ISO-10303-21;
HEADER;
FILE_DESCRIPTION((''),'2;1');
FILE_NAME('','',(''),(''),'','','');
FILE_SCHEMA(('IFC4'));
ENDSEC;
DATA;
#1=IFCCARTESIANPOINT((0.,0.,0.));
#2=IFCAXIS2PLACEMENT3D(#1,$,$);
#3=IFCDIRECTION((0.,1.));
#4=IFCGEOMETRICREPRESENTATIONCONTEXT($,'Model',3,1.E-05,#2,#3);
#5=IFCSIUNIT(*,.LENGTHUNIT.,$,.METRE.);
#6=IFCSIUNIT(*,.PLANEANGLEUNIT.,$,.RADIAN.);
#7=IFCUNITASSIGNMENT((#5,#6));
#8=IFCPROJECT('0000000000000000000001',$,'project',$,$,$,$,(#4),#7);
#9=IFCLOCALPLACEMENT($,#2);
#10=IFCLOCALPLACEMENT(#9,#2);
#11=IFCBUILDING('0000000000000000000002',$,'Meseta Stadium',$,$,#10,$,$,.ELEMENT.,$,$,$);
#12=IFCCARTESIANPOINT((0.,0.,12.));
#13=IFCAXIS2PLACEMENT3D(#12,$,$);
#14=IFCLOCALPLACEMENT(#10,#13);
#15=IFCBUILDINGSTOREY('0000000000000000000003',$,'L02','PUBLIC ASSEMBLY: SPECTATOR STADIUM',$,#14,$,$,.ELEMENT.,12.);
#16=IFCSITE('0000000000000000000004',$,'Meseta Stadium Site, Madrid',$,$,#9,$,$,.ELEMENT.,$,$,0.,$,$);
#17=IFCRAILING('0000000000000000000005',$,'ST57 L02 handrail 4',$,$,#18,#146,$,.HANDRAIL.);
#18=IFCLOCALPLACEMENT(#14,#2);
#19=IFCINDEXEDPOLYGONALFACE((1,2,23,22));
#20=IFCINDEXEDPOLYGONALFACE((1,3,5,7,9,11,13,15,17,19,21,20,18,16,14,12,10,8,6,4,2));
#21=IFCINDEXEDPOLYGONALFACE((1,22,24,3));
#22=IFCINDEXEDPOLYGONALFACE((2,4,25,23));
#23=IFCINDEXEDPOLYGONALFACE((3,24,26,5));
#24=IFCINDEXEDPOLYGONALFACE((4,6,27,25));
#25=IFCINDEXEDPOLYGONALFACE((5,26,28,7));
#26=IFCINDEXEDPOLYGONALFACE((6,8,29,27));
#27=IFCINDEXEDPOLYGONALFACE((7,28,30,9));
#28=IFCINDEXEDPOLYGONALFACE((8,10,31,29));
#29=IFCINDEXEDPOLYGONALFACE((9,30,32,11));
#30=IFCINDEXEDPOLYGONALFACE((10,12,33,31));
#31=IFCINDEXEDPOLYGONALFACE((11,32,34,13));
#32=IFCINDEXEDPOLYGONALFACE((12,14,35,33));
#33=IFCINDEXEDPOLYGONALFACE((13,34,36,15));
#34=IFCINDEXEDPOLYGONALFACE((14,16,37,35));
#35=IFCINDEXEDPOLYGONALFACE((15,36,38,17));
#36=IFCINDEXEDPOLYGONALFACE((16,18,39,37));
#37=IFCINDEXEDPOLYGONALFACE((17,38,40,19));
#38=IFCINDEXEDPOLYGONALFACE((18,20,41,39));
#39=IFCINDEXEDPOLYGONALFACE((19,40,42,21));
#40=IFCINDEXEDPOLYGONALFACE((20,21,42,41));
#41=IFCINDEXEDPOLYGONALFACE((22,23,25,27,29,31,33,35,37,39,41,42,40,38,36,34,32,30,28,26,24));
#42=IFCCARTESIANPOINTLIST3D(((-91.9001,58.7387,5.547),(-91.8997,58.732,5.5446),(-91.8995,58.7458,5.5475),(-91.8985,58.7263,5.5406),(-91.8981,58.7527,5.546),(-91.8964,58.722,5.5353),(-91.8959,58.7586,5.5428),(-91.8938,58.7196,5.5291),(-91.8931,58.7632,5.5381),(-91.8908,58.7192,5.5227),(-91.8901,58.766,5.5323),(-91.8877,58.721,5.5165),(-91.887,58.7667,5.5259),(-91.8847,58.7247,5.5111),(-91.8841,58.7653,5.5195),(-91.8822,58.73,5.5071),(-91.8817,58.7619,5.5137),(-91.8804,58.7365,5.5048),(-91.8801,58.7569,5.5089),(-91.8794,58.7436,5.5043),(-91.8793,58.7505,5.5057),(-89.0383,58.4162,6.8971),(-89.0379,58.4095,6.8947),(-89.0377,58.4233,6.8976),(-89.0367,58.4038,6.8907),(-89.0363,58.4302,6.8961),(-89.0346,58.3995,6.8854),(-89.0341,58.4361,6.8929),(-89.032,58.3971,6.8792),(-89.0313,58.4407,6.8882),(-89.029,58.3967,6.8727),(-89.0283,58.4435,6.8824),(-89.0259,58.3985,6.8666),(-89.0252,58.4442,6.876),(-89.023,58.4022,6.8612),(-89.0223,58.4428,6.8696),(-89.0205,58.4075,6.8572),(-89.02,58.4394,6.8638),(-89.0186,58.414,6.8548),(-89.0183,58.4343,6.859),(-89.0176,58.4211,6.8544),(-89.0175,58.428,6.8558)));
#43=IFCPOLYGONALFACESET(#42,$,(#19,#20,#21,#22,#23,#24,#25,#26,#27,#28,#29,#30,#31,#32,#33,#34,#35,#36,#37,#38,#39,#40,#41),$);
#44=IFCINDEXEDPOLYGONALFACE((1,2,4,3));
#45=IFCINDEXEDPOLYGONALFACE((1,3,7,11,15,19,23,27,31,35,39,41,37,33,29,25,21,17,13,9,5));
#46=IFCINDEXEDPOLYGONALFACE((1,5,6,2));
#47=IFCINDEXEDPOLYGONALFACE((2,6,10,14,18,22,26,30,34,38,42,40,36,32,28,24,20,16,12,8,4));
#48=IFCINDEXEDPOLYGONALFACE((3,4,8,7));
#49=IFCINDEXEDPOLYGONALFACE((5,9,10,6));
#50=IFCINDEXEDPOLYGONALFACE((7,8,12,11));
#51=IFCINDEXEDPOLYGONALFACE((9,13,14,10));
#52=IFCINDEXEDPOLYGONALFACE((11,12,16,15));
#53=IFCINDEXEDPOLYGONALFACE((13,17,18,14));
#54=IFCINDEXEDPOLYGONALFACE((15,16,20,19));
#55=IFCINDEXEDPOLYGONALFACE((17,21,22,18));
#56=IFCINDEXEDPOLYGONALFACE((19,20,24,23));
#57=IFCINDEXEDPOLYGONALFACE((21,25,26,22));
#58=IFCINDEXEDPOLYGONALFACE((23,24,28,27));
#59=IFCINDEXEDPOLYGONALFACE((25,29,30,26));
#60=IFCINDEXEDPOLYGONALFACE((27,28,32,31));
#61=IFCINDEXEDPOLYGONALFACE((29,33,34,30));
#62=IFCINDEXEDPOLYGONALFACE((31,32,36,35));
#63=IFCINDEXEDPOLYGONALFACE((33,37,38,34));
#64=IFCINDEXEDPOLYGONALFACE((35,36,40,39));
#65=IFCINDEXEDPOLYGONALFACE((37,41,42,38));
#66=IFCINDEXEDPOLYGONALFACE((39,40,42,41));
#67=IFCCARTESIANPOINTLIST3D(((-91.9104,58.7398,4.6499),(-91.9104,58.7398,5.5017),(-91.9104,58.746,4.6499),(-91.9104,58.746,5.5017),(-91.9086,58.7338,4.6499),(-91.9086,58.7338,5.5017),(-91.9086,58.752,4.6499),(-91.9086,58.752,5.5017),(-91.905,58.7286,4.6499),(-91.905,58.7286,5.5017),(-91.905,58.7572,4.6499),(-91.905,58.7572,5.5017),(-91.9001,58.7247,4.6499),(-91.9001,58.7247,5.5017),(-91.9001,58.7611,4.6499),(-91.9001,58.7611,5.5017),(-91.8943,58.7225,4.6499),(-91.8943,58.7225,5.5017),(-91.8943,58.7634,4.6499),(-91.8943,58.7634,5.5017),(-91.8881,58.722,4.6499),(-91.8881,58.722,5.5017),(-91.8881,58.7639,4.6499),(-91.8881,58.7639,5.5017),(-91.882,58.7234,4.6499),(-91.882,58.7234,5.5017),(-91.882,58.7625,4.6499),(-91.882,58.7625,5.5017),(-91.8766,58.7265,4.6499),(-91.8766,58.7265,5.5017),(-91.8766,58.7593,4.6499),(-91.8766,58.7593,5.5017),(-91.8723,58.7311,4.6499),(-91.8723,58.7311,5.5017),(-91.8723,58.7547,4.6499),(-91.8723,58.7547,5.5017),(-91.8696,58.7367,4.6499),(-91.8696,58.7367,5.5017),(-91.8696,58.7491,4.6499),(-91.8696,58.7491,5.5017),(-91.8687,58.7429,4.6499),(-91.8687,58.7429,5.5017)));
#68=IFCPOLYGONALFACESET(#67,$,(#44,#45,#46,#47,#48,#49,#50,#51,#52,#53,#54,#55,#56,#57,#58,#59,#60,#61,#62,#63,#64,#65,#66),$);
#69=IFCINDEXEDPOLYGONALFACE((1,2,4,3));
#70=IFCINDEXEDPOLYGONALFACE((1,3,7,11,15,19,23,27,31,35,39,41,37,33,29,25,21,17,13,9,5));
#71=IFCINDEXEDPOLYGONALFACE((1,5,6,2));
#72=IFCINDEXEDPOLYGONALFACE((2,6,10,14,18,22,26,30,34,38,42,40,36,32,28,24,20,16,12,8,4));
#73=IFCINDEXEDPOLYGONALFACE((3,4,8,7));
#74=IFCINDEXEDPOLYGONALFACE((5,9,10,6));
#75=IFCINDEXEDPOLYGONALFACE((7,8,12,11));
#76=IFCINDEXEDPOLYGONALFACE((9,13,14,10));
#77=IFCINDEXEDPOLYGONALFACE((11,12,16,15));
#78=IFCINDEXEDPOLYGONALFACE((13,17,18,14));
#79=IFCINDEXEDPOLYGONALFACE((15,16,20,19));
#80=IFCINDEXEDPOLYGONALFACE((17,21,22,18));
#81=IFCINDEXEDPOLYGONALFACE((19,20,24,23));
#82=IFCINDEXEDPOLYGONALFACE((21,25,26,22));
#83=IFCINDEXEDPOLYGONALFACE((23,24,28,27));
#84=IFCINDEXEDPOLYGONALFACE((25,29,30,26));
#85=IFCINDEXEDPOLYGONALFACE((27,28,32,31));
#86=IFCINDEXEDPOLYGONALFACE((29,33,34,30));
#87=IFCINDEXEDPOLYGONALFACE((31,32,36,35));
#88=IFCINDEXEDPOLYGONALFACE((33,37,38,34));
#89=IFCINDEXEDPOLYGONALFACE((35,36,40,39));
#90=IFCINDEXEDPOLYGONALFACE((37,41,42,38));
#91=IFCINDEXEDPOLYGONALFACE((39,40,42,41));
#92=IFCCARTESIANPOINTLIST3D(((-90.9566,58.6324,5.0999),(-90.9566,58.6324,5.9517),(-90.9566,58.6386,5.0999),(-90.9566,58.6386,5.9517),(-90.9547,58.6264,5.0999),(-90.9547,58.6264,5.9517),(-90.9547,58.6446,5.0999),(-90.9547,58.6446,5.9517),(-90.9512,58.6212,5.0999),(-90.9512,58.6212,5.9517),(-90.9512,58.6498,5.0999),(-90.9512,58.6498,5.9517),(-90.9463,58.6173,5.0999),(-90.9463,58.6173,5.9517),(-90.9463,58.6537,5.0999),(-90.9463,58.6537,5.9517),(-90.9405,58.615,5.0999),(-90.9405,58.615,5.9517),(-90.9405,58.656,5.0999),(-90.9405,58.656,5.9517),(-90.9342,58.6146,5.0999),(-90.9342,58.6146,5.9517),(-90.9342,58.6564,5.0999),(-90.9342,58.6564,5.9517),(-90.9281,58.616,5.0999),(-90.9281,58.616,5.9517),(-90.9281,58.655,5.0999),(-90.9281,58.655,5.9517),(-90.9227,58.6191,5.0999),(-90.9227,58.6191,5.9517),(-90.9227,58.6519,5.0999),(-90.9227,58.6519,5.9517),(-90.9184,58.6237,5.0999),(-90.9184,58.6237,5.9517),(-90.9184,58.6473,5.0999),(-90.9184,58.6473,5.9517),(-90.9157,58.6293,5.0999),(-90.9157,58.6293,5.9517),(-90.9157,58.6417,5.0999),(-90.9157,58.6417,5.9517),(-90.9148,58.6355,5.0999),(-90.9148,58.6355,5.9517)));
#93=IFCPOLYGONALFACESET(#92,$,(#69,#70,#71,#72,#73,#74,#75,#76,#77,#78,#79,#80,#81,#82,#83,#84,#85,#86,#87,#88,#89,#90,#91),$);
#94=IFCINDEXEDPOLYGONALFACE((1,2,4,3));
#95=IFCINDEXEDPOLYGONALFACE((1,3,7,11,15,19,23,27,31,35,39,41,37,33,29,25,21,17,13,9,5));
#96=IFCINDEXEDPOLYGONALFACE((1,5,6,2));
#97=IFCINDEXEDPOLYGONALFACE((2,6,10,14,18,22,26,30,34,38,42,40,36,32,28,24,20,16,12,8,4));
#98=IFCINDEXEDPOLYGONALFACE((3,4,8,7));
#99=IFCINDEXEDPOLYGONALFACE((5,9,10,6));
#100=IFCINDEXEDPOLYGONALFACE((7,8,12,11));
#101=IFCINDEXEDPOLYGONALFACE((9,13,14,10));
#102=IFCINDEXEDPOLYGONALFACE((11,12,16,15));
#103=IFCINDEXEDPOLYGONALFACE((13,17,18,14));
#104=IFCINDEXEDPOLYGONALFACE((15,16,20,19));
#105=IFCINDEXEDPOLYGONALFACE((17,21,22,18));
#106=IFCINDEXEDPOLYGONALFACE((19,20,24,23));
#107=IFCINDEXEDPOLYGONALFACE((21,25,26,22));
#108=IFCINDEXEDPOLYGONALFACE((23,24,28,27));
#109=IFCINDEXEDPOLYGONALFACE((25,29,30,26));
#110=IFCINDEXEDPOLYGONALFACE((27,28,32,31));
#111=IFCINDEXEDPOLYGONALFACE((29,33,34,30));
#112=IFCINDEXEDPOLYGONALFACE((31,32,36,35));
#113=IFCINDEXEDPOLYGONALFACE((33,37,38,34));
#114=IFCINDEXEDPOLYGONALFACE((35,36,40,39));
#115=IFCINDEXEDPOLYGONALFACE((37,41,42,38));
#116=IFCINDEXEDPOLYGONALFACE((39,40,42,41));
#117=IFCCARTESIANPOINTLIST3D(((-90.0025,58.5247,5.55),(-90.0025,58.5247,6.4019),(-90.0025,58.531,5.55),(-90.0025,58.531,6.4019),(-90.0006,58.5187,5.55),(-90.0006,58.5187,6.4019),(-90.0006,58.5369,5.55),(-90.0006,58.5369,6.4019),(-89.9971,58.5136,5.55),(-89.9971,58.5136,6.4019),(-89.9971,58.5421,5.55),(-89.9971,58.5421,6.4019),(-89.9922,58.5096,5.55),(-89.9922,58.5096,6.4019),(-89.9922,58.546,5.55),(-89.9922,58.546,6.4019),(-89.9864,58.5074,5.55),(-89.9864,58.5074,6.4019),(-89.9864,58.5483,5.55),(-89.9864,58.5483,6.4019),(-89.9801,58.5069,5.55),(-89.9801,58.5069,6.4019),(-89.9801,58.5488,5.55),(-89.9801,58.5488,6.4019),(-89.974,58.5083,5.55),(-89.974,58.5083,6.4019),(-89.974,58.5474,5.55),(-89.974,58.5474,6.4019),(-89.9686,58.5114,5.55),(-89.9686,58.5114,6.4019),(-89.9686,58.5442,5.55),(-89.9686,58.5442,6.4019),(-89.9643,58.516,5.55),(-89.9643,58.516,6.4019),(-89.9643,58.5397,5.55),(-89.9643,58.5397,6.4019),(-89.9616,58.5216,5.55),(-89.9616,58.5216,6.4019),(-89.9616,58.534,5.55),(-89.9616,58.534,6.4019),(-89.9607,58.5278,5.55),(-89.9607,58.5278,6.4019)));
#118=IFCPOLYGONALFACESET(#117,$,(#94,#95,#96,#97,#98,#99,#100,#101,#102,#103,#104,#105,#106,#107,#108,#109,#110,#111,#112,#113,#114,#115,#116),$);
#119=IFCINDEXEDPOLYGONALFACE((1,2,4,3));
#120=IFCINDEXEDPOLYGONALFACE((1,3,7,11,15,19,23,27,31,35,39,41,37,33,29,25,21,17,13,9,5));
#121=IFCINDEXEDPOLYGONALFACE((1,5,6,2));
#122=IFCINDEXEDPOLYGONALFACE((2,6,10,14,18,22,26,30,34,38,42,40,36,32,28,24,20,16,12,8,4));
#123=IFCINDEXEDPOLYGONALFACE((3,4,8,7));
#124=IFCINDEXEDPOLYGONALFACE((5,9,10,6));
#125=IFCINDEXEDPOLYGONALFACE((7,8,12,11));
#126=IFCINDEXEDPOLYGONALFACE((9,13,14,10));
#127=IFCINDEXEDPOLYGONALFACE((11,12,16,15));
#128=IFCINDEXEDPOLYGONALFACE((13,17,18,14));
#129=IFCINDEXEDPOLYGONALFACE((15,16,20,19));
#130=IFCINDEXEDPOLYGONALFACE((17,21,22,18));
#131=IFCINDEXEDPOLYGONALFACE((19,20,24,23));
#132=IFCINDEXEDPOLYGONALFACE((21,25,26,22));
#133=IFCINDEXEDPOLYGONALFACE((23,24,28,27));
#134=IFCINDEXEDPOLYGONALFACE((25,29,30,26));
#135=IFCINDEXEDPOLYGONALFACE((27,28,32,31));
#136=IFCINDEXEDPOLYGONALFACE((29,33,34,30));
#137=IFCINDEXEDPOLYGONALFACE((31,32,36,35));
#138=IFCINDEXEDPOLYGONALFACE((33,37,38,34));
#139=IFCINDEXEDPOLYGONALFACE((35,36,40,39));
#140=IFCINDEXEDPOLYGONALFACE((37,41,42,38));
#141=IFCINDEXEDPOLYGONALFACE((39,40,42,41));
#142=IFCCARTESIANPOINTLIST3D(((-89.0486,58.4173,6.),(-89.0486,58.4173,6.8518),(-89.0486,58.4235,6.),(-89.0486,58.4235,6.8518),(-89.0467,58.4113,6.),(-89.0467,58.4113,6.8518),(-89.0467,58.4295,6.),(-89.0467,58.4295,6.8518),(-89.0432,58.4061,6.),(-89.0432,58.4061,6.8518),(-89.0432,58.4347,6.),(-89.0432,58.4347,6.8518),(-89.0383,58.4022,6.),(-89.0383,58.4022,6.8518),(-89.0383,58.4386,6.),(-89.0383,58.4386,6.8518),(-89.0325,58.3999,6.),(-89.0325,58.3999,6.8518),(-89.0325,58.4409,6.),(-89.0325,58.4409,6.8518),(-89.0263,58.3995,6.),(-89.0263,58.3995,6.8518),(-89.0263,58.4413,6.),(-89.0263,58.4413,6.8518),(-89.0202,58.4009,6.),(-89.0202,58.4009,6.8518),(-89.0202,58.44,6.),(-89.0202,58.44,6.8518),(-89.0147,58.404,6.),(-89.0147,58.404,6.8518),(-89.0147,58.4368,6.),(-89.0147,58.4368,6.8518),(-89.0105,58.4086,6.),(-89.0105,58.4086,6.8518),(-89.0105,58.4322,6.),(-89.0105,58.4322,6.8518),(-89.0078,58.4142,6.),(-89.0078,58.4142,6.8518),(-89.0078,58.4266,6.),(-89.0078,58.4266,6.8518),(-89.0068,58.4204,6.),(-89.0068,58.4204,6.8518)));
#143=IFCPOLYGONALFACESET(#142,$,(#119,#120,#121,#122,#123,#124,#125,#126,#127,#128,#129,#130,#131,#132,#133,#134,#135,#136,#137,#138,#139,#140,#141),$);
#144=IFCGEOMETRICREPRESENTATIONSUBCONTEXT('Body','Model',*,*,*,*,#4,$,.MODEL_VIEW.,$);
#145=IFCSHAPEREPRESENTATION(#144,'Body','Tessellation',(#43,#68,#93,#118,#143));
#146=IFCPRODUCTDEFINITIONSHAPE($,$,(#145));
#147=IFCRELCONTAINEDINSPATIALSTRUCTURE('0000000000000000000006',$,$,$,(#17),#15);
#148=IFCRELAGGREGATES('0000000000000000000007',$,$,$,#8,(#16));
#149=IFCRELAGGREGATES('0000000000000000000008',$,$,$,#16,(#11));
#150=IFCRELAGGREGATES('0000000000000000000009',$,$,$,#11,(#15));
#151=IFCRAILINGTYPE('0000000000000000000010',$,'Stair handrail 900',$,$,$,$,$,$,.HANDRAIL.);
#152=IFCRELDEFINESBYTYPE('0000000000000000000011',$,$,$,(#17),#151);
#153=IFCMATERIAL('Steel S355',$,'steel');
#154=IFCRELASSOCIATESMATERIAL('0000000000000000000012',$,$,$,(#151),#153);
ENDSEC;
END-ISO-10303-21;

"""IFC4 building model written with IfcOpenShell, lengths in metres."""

from ifc_helpers import new_model, si_unit, direction, frame, origin, origin_2d, place, context, subcontext, project, spatial, circle, extrude, material, type_object, element, save


model = new_model("IFC4")

# Units and contexts
model_context = context("Model", 3, precision=1e-05, world=origin(), true_north=direction((0.0, 1.0)))
body_context = subcontext(model_context, "Body", "Model", "MODEL_VIEW")
ifc_project = project(units=[si_unit("LENGTHUNIT", "METRE"), si_unit("PLANEANGLEUNIT", "RADIAN")], contexts=[model_context])

# Site, building, storey
site_placement = place(None, origin())
site = spatial("IfcSite", under=ifc_project, at=site_placement, Name="Meseta Stadium Site, Madrid", CompositionType="ELEMENT", RefElevation=0.0)
building_placement = place(site_placement, origin())
building = spatial("IfcBuilding", under=site, at=building_placement, Name="Meseta Stadium", CompositionType="ELEMENT")
storey_placement = place(building_placement, frame((0.0, 0.0, 12.0)))
storey = spatial("IfcBuildingStorey", under=building, at=storey_placement, Name="L02", Description="PUBLIC ASSEMBLY: SPECTATOR STADIUM", CompositionType="ELEMENT", Elevation=12.0)

# Railing
ifc_material_1 = material(Name="Steel S355", Category="steel")
railing_type_1 = type_object("IfcRailingType", Name="Stair handrail 900", PredefinedType="HANDRAIL", material=ifc_material_1)
for number, where, name in (
    (1, (-91.8896, 58.7429, 4.6499), "ST57 L02 handrail 4"),
):
    element("IfcRailing", number, at=place(storey_placement, frame(where)), inside=storey, type_object=railing_type_1, Name=name, PredefinedType="HANDRAIL", context=body_context, shape_type="SweptSolid", body=[
        extrude(circle(Radius=0.0239, at=origin_2d()), frame((0.0, 0.0, 0.876), z_axis=(0.899748, -0.101396, 0.424467), x_axis=(0.111985, 0.99371, 0.0)), (0.0, 0.0, 1.0), 3.1807),
        extrude(circle(Radius=0.021, at=origin_2d()), origin(), (0.0, 0.0, 1.0), 0.8518),
        extrude(circle(Radius=0.021, at=origin_2d()), frame((0.9539, -0.1074, 0.45)), (0.0, 0.0, 1.0), 0.8518),
        extrude(circle(Radius=0.021, at=origin_2d()), frame((1.908, -0.2151, 0.9001)), (0.0, 0.0, 1.0), 0.8518),
        extrude(circle(Radius=0.021, at=origin_2d()), frame((2.8618, -0.3225, 1.3501)), (0.0, 0.0, 1.0), 0.8518),
    ])

save(model, "model.ifc")
